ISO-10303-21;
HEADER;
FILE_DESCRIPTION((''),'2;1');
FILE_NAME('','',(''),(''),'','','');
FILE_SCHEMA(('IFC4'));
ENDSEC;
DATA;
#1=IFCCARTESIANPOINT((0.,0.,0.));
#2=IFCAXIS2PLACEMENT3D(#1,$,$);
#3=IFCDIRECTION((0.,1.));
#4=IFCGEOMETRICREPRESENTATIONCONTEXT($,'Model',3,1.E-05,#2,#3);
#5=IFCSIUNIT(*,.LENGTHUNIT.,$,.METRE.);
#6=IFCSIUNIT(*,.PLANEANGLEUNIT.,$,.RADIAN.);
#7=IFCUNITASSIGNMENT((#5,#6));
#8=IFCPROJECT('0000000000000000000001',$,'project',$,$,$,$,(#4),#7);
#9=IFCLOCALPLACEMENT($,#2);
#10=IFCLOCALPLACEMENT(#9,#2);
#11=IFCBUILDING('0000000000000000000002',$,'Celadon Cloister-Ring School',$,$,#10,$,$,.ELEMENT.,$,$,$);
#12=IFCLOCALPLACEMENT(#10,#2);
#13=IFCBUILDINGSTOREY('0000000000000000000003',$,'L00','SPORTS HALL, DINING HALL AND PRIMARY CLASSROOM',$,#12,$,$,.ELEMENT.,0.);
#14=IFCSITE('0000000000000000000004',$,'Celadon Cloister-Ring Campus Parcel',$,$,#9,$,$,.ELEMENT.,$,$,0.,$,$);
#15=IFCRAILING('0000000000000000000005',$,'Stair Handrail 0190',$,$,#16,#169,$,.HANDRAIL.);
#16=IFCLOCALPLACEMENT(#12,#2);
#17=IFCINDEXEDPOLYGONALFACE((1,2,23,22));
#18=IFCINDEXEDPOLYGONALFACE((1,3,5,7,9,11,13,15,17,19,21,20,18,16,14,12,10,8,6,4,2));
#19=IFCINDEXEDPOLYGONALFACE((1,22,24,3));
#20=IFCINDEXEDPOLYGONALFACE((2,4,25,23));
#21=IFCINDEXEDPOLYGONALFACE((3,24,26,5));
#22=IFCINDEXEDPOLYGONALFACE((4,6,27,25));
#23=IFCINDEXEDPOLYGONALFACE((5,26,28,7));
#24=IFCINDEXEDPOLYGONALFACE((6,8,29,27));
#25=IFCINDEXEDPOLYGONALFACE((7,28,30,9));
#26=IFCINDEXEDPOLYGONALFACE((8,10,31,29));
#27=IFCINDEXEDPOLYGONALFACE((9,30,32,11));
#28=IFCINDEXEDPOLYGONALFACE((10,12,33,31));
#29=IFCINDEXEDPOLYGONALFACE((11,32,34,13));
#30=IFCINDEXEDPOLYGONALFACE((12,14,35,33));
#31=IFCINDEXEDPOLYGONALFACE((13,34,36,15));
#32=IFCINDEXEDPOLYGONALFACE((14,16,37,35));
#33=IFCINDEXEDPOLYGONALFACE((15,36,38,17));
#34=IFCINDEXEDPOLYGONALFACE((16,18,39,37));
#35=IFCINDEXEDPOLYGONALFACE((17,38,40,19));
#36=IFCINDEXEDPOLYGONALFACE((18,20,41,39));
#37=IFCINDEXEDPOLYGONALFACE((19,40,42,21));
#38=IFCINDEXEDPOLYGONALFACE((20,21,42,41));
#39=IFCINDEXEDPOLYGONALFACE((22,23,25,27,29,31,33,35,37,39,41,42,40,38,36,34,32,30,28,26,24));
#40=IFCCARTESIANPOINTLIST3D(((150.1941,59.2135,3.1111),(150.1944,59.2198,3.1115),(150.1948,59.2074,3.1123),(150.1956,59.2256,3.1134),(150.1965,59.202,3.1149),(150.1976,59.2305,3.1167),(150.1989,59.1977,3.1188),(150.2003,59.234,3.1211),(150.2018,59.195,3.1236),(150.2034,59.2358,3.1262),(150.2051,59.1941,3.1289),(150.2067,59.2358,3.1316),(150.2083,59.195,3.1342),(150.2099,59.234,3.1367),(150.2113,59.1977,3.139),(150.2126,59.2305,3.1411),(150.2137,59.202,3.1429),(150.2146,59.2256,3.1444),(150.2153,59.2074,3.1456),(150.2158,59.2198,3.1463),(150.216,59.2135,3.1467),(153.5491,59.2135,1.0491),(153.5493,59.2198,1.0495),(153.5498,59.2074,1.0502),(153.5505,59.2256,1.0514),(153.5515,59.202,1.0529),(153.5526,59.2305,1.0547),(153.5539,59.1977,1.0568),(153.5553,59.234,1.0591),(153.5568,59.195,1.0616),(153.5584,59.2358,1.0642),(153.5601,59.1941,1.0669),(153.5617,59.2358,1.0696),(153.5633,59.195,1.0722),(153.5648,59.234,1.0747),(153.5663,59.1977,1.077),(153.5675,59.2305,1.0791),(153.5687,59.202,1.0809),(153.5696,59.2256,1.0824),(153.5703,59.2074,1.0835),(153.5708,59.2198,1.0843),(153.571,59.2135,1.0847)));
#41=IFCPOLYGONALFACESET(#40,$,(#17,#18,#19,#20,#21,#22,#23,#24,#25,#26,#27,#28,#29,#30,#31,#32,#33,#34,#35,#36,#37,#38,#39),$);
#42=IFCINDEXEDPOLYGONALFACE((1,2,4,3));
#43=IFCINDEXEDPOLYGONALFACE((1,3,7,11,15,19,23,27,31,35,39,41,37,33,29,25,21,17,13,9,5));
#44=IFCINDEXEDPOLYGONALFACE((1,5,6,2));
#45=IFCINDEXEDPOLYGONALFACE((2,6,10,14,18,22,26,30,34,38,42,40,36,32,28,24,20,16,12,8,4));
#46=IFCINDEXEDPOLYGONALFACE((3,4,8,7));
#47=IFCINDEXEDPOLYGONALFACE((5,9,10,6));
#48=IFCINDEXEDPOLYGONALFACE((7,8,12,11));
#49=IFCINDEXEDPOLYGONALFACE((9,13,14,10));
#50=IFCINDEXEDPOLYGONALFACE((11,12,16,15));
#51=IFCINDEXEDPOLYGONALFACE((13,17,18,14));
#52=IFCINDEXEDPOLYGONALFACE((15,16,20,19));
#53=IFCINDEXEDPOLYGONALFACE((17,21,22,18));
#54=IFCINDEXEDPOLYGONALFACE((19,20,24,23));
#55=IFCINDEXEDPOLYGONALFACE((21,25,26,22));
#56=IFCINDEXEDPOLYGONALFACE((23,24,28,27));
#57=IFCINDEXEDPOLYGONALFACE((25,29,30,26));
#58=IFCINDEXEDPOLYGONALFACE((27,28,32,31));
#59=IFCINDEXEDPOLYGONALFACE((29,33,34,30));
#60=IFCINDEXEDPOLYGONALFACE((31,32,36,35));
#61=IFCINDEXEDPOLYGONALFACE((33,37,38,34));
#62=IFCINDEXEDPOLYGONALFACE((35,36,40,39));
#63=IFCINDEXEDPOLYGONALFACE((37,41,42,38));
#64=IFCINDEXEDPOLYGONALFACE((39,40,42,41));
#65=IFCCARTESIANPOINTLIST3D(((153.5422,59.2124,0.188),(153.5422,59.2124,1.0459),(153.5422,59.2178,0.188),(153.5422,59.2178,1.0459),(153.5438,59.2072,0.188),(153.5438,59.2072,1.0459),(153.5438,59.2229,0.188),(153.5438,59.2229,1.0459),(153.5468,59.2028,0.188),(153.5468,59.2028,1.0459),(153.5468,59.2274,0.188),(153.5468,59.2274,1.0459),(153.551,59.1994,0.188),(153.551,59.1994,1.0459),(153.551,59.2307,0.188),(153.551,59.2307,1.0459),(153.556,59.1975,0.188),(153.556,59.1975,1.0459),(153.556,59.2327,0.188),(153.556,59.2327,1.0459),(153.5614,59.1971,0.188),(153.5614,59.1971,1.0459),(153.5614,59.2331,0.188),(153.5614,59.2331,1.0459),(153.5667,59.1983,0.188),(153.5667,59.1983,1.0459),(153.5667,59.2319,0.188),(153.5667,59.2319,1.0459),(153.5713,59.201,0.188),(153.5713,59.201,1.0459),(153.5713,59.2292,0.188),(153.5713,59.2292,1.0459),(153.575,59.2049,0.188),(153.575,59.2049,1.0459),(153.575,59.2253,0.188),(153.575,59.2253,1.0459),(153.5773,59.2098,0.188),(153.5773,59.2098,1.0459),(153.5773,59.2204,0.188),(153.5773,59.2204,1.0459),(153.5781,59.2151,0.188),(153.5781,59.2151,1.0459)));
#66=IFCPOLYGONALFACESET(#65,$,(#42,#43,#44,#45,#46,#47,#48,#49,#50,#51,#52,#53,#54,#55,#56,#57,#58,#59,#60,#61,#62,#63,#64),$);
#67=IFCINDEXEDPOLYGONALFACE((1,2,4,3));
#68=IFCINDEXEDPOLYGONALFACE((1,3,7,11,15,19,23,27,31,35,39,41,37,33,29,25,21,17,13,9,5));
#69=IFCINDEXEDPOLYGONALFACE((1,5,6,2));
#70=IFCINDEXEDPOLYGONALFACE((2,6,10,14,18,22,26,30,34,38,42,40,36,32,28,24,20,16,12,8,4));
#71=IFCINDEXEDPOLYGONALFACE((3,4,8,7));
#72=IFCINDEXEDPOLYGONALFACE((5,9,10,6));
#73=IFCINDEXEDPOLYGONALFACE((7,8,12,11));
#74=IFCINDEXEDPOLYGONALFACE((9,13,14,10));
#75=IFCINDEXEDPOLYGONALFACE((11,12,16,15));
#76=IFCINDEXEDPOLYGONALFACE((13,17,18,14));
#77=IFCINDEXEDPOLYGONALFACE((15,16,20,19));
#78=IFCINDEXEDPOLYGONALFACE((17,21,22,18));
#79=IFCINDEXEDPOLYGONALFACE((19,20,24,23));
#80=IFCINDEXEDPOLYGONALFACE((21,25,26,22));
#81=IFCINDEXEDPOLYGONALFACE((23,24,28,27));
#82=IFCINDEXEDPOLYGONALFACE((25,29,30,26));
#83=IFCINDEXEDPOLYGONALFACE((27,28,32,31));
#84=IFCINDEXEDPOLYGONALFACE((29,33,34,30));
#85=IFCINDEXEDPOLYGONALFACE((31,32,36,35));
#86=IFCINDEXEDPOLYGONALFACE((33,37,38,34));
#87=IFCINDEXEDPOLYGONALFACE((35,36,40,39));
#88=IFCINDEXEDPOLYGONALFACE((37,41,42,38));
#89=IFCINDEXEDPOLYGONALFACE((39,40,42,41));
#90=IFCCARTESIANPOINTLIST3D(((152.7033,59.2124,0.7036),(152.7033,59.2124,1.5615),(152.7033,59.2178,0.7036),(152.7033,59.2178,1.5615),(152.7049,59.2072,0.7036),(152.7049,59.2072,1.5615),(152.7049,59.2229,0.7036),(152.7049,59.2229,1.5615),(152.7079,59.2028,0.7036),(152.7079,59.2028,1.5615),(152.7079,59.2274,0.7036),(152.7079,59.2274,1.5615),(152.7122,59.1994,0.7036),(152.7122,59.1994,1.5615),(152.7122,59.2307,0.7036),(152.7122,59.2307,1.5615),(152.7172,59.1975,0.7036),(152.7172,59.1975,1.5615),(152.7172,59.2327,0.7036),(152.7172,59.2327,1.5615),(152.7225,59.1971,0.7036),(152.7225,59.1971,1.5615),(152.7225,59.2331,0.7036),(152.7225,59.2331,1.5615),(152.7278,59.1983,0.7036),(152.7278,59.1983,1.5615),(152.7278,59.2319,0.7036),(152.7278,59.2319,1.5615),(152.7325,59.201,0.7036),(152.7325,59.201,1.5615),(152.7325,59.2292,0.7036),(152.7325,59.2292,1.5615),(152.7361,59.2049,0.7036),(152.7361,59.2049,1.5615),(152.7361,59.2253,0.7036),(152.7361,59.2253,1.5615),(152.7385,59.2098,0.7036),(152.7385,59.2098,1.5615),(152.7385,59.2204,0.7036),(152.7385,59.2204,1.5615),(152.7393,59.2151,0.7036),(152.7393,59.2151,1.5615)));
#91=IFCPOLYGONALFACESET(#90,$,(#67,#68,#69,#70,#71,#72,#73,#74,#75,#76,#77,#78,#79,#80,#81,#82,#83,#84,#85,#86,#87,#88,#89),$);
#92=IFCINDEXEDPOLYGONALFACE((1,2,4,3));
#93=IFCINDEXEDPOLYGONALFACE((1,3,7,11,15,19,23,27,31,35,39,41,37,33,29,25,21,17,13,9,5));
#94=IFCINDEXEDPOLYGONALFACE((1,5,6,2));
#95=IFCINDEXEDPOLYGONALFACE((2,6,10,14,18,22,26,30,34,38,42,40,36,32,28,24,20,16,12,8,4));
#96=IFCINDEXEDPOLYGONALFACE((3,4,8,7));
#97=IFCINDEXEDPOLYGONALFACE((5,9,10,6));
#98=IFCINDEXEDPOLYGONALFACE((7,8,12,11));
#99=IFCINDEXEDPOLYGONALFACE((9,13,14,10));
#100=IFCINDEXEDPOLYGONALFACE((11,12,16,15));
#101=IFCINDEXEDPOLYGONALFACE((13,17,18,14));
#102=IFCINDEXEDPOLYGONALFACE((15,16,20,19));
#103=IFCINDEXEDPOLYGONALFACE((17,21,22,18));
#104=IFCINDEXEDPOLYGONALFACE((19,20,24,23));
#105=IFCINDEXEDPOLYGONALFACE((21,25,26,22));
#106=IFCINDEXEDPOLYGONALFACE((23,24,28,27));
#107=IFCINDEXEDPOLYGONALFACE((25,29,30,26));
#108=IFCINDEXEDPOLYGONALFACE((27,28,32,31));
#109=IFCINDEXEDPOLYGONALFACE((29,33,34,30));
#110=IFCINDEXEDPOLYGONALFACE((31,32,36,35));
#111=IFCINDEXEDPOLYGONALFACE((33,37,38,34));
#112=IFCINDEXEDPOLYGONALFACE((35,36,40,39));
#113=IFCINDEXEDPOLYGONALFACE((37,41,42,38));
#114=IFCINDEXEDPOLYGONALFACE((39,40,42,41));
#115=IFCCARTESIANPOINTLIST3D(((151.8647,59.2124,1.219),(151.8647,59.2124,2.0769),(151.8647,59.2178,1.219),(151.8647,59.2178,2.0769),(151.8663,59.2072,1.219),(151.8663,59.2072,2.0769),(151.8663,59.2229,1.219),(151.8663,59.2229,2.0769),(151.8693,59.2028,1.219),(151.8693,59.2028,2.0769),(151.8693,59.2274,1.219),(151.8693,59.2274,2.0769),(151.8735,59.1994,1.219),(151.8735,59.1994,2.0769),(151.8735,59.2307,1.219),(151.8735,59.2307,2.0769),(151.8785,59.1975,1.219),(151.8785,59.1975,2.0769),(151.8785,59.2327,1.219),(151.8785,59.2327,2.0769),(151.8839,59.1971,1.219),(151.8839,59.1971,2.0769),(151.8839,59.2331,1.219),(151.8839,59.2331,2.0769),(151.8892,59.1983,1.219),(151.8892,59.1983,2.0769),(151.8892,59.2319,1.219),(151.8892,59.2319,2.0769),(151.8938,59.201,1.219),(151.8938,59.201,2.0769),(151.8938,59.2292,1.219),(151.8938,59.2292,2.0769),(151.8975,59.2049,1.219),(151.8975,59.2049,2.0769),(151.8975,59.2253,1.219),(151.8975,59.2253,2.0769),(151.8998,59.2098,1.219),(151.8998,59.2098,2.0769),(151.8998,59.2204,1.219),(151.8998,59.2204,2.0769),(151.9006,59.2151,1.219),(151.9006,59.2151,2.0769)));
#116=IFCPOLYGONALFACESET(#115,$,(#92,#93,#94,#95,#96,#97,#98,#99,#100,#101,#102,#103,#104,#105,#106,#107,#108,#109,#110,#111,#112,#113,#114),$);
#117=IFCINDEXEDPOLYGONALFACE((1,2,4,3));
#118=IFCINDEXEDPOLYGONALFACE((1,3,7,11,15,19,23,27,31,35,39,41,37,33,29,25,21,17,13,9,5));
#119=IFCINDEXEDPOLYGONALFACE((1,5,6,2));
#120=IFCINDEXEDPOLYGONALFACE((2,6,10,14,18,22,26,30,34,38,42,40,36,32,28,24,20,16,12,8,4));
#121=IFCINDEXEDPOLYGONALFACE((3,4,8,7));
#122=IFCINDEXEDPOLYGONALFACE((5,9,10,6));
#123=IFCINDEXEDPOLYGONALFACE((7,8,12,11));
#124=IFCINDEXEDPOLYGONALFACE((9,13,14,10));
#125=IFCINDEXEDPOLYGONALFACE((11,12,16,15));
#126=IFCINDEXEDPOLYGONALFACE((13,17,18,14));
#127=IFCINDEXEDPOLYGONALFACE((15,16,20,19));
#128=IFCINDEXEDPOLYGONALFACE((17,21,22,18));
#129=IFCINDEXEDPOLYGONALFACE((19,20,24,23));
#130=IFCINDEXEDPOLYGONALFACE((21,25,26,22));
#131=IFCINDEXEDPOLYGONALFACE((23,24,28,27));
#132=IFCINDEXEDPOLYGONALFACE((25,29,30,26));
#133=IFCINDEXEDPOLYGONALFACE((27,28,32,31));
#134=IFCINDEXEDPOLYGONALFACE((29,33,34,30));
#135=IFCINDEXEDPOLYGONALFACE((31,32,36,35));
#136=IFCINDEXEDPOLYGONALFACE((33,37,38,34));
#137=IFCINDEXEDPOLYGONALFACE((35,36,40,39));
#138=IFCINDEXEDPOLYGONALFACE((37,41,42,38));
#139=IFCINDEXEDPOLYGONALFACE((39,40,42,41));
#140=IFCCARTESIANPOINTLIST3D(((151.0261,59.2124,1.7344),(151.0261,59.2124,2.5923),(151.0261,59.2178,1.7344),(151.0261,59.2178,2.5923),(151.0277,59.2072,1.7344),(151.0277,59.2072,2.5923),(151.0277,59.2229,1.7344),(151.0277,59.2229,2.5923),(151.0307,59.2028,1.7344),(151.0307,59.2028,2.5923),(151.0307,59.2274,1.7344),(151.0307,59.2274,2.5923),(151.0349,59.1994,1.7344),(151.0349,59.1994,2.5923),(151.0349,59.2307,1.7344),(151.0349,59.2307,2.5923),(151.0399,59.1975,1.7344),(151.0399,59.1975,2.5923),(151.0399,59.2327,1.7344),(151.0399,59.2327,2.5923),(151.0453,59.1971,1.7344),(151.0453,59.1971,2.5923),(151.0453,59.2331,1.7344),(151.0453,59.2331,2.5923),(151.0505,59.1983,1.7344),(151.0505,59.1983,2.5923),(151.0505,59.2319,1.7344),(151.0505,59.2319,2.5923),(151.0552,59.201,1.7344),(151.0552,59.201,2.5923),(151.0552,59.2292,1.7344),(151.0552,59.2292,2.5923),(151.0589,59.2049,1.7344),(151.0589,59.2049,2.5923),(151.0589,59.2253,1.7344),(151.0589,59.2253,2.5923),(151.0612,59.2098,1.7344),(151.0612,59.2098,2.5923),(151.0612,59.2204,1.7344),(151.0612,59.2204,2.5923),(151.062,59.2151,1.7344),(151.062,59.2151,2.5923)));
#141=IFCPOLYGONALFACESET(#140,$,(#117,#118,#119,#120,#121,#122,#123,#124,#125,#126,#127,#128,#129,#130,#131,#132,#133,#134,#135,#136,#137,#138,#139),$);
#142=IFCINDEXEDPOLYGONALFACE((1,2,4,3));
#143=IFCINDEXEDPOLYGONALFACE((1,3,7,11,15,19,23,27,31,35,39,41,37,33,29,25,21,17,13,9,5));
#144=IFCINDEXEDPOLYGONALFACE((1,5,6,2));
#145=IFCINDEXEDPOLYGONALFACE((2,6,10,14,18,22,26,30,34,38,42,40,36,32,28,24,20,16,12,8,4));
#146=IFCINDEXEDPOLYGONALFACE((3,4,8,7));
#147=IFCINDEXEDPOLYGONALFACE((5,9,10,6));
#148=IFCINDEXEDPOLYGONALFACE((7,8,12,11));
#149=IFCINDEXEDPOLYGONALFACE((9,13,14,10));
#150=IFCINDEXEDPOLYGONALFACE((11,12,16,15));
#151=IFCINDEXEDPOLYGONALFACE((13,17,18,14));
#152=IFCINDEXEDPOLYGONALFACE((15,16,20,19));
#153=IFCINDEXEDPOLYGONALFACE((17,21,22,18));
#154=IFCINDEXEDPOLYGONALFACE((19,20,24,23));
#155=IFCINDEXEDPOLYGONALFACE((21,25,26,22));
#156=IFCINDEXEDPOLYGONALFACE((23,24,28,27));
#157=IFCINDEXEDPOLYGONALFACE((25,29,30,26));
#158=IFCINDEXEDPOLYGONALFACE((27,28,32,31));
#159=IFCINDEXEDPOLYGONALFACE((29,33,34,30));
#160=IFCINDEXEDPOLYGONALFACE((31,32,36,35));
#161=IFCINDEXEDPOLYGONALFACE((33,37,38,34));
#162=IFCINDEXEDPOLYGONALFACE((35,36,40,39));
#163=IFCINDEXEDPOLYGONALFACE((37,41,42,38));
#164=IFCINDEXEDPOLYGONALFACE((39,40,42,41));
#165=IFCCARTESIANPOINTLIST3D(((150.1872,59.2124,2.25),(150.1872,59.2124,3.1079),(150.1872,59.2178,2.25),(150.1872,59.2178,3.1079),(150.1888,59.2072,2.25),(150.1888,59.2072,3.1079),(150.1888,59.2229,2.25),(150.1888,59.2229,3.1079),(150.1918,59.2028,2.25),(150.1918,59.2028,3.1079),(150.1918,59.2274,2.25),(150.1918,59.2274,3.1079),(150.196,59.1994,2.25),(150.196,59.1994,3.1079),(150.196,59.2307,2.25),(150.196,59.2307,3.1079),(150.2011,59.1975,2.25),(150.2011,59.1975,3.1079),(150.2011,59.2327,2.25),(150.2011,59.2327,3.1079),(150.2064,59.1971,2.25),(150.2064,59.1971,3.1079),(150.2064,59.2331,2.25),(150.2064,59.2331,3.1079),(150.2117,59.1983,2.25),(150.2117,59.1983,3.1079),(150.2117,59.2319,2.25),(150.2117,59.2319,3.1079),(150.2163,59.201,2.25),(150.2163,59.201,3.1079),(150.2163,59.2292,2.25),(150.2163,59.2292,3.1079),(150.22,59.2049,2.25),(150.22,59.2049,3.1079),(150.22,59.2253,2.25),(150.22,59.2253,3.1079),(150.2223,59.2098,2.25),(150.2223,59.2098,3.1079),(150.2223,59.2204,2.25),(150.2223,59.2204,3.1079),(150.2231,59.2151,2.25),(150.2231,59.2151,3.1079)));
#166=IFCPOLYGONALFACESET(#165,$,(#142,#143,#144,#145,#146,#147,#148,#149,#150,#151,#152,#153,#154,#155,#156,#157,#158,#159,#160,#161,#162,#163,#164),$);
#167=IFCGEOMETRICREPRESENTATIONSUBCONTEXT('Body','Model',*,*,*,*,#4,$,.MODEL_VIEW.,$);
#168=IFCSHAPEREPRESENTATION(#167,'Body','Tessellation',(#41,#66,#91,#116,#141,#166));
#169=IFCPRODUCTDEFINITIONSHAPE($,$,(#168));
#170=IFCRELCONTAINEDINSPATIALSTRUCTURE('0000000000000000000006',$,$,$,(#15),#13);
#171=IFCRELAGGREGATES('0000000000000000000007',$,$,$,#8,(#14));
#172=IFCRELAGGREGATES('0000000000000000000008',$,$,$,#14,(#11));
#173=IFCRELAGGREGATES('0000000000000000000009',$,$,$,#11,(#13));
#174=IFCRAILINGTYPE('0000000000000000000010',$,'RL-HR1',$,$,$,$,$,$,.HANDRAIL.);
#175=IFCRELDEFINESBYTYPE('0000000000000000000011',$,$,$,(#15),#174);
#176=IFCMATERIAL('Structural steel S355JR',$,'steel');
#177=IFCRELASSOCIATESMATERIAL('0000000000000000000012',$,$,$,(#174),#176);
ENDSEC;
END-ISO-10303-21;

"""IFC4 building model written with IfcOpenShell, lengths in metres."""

from ifc_helpers import new_model, si_unit, direction, frame, origin, origin_2d, place, context, subcontext, project, spatial, circle, extrude, material, type_object, element, save


model = new_model("IFC4")

# Units and contexts
model_context = context("Model", 3, precision=1e-05, world=origin(), true_north=direction((0.0, 1.0)))
body_context = subcontext(model_context, "Body", "Model", "MODEL_VIEW")
ifc_project = project(units=[si_unit("LENGTHUNIT", "METRE"), si_unit("PLANEANGLEUNIT", "RADIAN")], contexts=[model_context])

# Site, building, storey
site_placement = place(None, origin())
site = spatial("IfcSite", under=ifc_project, at=site_placement, Name="Celadon Cloister-Ring Campus Parcel", CompositionType="ELEMENT", RefElevation=0.0)
building_placement = place(site_placement, origin())
building = spatial("IfcBuilding", under=site, at=building_placement, Name="Celadon Cloister-Ring School", CompositionType="ELEMENT")
storey_placement = place(building_placement, origin())
storey = spatial("IfcBuildingStorey", under=building, at=storey_placement, Name="L00", Description="SPORTS HALL, DINING HALL AND PRIMARY CLASSROOM", CompositionType="ELEMENT", Elevation=0.0)

# Railing
ifc_material_1 = material(Name="Structural steel S355JR", Category="steel")
railing_type_1 = type_object("IfcRailingType", Name="RL-HR1", PredefinedType="HANDRAIL", material=ifc_material_1)
for number, where, name in (
    (1, (153.5601, 59.2151, 0.188), "Stair Handrail 0190"),
):
    element("IfcRailing", number, at=place(storey_placement, frame(where)), inside=storey, type_object=railing_type_1, Name=name, PredefinedType="HANDRAIL", context=body_context, shape_type="SweptSolid", body=[
        extrude(circle(Radius=0.021, at=origin_2d()), frame((0.0, 0.0, 0.8789), z_axis=(-0.851952, 0.0, 0.52362), x_axis=(0.0, -1.0, 0.0)), (0.0, 0.0, 1.0), 3.938),
        extrude(circle(Radius=0.0181, at=origin_2d()), origin(), (0.0, 0.0, 1.0), 0.8579),
        extrude(circle(Radius=0.0181, at=origin_2d()), frame((-0.8389, 0.0, 0.5156)), (0.0, 0.0, 1.0), 0.8579),
        extrude(circle(Radius=0.0181, at=origin_2d()), frame((-1.6775, 0.0, 1.031)), (0.0, 0.0, 1.0), 0.8579),
        extrude(circle(Radius=0.0181, at=origin_2d()), frame((-2.5161, 0.0, 1.5464)), (0.0, 0.0, 1.0), 0.8579),
        extrude(circle(Radius=0.0181, at=origin_2d()), frame((-3.355, 0.0, 2.062)), (0.0, 0.0, 1.0), 0.8579),
    ])

save(model, "model.ifc")
